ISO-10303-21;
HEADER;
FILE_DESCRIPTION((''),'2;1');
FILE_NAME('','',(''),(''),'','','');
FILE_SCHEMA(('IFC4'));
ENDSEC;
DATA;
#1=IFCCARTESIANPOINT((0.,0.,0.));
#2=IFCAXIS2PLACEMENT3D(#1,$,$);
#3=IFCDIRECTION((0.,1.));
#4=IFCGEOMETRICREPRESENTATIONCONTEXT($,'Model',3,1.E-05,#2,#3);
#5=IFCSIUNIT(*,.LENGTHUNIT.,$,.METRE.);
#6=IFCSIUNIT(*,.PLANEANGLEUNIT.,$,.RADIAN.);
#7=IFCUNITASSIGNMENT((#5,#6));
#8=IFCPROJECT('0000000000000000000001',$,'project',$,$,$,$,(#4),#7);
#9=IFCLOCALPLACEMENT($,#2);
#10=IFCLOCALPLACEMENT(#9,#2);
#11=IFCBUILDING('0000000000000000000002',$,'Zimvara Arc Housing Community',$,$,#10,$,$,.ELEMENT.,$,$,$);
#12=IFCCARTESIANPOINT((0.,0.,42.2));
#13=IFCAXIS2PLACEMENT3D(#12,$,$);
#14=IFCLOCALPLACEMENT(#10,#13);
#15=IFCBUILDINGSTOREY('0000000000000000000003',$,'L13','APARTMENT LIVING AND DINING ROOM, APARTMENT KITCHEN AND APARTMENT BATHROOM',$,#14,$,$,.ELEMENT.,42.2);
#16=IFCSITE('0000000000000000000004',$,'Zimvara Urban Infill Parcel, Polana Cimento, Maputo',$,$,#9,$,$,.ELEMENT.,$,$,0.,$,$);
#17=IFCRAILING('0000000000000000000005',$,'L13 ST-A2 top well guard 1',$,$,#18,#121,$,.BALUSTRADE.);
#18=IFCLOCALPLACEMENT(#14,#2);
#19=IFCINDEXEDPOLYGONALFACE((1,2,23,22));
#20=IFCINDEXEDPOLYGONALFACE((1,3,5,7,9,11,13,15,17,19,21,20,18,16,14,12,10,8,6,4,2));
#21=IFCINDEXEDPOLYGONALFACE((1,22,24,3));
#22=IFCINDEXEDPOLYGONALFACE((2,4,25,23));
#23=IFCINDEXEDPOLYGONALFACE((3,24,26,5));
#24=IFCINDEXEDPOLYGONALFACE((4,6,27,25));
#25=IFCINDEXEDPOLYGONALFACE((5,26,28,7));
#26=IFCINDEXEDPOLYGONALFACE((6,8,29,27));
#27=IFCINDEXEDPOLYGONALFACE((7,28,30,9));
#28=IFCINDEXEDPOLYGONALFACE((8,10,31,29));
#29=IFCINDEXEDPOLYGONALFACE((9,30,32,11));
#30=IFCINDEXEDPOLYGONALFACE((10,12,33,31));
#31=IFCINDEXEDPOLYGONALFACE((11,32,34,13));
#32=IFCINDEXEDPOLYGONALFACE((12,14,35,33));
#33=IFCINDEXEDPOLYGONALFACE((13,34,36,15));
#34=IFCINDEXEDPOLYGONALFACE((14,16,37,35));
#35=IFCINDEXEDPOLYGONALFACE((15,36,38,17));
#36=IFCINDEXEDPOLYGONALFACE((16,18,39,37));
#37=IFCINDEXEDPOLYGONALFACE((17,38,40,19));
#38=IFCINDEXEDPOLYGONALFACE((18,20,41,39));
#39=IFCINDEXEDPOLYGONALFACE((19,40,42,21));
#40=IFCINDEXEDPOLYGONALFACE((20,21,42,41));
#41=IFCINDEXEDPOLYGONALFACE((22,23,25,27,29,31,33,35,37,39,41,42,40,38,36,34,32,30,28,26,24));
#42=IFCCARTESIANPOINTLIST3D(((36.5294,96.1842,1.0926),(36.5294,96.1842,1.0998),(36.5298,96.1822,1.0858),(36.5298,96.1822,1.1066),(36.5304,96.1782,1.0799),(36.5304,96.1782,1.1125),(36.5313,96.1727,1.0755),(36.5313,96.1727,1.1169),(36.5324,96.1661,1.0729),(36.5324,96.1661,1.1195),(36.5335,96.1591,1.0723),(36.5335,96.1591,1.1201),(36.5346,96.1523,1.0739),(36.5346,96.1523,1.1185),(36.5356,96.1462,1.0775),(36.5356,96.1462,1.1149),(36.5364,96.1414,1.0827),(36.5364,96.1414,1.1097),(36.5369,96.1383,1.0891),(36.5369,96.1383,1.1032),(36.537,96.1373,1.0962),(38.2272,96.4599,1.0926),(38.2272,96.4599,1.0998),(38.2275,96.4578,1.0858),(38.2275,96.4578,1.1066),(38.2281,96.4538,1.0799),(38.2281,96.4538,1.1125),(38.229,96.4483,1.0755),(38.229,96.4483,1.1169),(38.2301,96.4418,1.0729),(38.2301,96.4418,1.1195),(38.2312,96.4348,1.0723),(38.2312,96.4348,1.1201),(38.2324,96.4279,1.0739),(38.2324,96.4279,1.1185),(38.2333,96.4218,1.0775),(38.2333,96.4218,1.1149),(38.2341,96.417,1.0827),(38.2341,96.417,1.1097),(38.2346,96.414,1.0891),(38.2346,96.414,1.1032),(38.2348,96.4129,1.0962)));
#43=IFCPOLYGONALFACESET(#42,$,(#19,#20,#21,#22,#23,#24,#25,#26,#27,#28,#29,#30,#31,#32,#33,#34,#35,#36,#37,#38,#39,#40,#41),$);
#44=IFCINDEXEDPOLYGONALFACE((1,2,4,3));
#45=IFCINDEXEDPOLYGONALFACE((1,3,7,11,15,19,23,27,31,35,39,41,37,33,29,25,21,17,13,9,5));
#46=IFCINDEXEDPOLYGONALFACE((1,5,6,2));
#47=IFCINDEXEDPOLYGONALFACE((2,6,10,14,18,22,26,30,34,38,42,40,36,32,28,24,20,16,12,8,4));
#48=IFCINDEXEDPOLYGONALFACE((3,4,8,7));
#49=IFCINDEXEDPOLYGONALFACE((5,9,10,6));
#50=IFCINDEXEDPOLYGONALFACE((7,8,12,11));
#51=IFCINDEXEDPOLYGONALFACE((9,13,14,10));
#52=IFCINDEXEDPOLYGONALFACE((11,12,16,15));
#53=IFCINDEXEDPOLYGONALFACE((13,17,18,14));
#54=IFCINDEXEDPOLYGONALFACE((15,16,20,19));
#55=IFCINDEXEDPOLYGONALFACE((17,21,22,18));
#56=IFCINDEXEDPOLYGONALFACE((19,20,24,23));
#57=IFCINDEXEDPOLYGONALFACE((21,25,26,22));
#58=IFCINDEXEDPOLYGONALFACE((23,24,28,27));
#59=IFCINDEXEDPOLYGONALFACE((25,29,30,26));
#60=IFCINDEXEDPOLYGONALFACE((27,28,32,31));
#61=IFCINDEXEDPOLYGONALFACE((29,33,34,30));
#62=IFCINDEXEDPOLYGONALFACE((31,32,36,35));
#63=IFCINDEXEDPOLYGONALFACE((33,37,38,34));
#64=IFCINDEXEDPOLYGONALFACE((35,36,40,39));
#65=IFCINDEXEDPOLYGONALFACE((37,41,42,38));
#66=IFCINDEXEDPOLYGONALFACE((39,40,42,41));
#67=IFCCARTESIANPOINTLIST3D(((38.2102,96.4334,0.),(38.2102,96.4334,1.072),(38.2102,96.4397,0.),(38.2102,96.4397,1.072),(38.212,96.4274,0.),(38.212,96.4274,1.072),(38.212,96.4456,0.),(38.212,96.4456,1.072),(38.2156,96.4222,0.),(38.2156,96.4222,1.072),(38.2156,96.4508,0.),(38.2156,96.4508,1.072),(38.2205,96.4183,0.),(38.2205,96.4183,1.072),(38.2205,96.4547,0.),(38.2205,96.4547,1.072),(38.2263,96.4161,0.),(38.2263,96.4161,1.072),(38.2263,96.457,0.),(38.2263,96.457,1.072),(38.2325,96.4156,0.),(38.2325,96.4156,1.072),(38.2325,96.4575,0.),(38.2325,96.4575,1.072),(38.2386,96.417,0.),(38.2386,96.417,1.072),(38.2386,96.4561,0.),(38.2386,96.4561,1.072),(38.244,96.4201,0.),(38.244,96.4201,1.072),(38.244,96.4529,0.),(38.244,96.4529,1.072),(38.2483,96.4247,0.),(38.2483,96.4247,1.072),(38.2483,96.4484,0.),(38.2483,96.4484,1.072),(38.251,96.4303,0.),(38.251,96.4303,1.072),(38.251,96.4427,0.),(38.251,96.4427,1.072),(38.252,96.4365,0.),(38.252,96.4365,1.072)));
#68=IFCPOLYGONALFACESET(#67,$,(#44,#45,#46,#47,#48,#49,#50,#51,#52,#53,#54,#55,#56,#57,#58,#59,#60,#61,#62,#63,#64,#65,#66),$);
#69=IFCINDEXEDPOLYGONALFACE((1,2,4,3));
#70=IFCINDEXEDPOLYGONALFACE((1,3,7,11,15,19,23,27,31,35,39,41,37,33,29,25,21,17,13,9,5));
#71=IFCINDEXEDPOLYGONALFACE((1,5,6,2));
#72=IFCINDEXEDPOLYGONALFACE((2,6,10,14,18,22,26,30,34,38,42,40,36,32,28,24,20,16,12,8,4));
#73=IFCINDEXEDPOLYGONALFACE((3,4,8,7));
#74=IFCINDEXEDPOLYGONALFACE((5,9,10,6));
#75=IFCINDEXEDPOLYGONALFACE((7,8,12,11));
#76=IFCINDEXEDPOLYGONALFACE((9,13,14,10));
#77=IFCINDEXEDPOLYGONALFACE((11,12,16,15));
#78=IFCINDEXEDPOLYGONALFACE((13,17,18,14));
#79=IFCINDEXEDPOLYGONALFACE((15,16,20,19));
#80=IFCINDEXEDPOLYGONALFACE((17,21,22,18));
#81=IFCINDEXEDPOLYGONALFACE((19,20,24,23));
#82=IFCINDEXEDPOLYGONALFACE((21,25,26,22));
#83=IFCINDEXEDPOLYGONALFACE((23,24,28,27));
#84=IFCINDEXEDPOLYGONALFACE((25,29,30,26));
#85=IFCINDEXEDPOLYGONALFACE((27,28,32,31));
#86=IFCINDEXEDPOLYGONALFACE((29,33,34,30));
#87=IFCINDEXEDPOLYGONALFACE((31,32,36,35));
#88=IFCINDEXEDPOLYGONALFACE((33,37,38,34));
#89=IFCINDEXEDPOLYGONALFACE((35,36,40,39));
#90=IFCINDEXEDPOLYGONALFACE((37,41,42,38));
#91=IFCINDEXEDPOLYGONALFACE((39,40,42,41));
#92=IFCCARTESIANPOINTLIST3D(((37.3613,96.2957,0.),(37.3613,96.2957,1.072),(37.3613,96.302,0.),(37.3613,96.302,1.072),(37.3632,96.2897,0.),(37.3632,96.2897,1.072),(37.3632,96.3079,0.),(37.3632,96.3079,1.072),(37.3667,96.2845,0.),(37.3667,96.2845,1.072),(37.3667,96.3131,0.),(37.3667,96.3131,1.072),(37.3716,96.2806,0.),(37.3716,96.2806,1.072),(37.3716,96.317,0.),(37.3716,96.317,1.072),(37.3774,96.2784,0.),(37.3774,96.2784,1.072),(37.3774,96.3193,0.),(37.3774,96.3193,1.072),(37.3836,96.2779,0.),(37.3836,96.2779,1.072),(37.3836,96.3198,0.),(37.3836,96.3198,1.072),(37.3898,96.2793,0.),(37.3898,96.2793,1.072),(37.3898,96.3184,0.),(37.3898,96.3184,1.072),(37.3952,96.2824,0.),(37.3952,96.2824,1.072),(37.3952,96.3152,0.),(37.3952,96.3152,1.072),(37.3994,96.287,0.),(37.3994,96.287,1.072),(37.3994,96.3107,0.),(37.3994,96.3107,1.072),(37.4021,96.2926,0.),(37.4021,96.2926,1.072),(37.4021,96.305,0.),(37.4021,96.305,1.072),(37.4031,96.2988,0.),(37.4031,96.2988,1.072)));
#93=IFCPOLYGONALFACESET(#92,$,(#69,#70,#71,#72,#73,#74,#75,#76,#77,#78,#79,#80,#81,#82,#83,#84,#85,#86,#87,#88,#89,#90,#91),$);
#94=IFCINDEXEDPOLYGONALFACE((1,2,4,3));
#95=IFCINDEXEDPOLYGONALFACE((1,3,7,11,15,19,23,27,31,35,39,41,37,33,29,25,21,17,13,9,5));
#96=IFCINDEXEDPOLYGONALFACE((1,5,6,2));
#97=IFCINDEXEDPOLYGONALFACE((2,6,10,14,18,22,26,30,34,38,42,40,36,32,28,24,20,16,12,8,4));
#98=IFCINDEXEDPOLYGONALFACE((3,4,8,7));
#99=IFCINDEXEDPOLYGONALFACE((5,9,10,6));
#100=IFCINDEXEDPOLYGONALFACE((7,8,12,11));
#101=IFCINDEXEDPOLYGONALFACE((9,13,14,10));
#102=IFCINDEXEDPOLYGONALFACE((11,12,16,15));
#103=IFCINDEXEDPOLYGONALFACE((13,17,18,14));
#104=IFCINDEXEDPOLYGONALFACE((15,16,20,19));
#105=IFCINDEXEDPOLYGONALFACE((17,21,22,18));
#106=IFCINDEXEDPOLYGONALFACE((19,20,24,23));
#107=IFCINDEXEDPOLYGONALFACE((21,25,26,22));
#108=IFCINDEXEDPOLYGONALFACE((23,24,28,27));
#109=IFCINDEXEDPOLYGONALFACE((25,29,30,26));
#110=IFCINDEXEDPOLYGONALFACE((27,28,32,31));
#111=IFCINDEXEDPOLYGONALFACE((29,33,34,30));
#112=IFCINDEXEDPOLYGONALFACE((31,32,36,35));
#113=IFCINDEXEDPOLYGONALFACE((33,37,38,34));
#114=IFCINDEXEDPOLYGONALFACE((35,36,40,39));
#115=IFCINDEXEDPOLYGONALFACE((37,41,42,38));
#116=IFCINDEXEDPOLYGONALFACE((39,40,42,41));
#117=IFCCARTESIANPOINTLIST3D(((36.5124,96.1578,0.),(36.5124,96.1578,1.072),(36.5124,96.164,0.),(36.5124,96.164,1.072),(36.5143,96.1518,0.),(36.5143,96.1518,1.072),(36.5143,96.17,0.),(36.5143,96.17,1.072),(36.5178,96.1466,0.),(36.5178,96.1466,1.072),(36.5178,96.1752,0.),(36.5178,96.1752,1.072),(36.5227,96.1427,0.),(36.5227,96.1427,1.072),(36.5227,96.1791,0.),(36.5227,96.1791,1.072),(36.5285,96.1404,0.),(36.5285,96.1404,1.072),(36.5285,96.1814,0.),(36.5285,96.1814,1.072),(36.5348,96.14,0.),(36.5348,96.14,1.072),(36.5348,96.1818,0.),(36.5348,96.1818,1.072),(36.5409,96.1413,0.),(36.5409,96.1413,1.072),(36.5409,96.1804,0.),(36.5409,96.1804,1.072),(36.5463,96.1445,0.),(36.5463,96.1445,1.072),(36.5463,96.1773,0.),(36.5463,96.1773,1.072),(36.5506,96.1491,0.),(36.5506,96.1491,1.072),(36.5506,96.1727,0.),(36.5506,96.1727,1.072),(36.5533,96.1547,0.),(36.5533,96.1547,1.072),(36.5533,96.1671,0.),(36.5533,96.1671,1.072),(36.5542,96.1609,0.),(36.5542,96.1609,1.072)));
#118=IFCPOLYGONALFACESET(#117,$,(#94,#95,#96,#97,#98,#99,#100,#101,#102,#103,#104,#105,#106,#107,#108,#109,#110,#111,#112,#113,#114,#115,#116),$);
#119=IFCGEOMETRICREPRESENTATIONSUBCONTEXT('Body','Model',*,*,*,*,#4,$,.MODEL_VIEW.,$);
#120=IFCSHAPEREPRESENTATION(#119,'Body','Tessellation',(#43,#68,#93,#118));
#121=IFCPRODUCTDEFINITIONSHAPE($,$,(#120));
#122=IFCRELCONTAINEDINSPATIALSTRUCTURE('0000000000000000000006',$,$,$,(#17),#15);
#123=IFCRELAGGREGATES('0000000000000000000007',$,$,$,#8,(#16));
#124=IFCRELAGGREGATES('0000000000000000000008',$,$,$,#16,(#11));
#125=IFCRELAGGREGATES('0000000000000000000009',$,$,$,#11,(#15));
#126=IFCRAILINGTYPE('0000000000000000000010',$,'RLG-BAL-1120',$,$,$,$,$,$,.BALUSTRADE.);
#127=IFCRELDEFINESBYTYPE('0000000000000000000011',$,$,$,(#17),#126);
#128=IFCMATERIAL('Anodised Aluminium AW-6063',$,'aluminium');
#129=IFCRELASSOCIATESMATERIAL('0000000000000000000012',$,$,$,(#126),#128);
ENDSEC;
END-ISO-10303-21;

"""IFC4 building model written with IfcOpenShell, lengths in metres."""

from ifc_helpers import new_model, si_unit, direction, frame, origin, origin_2d, place, context, subcontext, project, spatial, circle, extrude, material, type_object, element, save


model = new_model("IFC4")

# Units and contexts
model_context = context("Model", 3, precision=1e-05, world=origin(), true_north=direction((0.0, 1.0)))
body_context = subcontext(model_context, "Body", "Model", "MODEL_VIEW")
ifc_project = project(units=[si_unit("LENGTHUNIT", "METRE"), si_unit("PLANEANGLEUNIT", "RADIAN")], contexts=[model_context])

# Site, building, storey
site_placement = place(None, origin())
site = spatial("IfcSite", under=ifc_project, at=site_placement, Name="Zimvara Urban Infill Parcel, Polana Cimento, Maputo", CompositionType="ELEMENT", RefElevation=0.0)
building_placement = place(site_placement, origin())
building = spatial("IfcBuilding", under=site, at=building_placement, Name="Zimvara Arc Housing Community", CompositionType="ELEMENT")
storey_placement = place(building_placement, frame((0.0, 0.0, 42.2)))
storey = spatial("IfcBuildingStorey", under=building, at=storey_placement, Name="L13", Description="APARTMENT LIVING AND DINING ROOM, APARTMENT KITCHEN AND APARTMENT BATHROOM", CompositionType="ELEMENT", Elevation=42.2)

# Railing
ifc_material_1 = material(Name="Anodised Aluminium AW-6063", Category="aluminium")
railing_type_1 = type_object("IfcRailingType", Name="RLG-BAL-1120", PredefinedType="BALUSTRADE", material=ifc_material_1)
railing_1_placement = place(storey_placement, frame((38.231, 96.4365, 0.0)))
element("IfcRailing", 1, at=railing_1_placement, inside=storey, type_object=railing_type_1, Name="L13 ST-A2 top well guard 1", PredefinedType="BALUSTRADE", context=body_context, shape_type="SweptSolid", body=[
    extrude(circle(Radius=0.0239, at=origin_2d()), frame((0.0, 0.0, 1.0962), z_axis=(-0.987076, -0.160254, 0.0), x_axis=(0.160254, -0.987076, 0.0)), (0.0, 0.0, 1.0), 1.72),
    extrude(circle(Radius=0.021, at=origin_2d()), origin(), (0.0, 0.0, 1.0), 1.072),
    extrude(circle(Radius=0.021, at=origin_2d()), frame((-0.8489, -0.1377, 0.0)), (0.0, 0.0, 1.0), 1.072),
    extrude(circle(Radius=0.021, at=origin_2d()), frame((-1.6978, -0.2756, 0.0)), (0.0, 0.0, 1.0), 1.072),
])

save(model, "model.ifc")
